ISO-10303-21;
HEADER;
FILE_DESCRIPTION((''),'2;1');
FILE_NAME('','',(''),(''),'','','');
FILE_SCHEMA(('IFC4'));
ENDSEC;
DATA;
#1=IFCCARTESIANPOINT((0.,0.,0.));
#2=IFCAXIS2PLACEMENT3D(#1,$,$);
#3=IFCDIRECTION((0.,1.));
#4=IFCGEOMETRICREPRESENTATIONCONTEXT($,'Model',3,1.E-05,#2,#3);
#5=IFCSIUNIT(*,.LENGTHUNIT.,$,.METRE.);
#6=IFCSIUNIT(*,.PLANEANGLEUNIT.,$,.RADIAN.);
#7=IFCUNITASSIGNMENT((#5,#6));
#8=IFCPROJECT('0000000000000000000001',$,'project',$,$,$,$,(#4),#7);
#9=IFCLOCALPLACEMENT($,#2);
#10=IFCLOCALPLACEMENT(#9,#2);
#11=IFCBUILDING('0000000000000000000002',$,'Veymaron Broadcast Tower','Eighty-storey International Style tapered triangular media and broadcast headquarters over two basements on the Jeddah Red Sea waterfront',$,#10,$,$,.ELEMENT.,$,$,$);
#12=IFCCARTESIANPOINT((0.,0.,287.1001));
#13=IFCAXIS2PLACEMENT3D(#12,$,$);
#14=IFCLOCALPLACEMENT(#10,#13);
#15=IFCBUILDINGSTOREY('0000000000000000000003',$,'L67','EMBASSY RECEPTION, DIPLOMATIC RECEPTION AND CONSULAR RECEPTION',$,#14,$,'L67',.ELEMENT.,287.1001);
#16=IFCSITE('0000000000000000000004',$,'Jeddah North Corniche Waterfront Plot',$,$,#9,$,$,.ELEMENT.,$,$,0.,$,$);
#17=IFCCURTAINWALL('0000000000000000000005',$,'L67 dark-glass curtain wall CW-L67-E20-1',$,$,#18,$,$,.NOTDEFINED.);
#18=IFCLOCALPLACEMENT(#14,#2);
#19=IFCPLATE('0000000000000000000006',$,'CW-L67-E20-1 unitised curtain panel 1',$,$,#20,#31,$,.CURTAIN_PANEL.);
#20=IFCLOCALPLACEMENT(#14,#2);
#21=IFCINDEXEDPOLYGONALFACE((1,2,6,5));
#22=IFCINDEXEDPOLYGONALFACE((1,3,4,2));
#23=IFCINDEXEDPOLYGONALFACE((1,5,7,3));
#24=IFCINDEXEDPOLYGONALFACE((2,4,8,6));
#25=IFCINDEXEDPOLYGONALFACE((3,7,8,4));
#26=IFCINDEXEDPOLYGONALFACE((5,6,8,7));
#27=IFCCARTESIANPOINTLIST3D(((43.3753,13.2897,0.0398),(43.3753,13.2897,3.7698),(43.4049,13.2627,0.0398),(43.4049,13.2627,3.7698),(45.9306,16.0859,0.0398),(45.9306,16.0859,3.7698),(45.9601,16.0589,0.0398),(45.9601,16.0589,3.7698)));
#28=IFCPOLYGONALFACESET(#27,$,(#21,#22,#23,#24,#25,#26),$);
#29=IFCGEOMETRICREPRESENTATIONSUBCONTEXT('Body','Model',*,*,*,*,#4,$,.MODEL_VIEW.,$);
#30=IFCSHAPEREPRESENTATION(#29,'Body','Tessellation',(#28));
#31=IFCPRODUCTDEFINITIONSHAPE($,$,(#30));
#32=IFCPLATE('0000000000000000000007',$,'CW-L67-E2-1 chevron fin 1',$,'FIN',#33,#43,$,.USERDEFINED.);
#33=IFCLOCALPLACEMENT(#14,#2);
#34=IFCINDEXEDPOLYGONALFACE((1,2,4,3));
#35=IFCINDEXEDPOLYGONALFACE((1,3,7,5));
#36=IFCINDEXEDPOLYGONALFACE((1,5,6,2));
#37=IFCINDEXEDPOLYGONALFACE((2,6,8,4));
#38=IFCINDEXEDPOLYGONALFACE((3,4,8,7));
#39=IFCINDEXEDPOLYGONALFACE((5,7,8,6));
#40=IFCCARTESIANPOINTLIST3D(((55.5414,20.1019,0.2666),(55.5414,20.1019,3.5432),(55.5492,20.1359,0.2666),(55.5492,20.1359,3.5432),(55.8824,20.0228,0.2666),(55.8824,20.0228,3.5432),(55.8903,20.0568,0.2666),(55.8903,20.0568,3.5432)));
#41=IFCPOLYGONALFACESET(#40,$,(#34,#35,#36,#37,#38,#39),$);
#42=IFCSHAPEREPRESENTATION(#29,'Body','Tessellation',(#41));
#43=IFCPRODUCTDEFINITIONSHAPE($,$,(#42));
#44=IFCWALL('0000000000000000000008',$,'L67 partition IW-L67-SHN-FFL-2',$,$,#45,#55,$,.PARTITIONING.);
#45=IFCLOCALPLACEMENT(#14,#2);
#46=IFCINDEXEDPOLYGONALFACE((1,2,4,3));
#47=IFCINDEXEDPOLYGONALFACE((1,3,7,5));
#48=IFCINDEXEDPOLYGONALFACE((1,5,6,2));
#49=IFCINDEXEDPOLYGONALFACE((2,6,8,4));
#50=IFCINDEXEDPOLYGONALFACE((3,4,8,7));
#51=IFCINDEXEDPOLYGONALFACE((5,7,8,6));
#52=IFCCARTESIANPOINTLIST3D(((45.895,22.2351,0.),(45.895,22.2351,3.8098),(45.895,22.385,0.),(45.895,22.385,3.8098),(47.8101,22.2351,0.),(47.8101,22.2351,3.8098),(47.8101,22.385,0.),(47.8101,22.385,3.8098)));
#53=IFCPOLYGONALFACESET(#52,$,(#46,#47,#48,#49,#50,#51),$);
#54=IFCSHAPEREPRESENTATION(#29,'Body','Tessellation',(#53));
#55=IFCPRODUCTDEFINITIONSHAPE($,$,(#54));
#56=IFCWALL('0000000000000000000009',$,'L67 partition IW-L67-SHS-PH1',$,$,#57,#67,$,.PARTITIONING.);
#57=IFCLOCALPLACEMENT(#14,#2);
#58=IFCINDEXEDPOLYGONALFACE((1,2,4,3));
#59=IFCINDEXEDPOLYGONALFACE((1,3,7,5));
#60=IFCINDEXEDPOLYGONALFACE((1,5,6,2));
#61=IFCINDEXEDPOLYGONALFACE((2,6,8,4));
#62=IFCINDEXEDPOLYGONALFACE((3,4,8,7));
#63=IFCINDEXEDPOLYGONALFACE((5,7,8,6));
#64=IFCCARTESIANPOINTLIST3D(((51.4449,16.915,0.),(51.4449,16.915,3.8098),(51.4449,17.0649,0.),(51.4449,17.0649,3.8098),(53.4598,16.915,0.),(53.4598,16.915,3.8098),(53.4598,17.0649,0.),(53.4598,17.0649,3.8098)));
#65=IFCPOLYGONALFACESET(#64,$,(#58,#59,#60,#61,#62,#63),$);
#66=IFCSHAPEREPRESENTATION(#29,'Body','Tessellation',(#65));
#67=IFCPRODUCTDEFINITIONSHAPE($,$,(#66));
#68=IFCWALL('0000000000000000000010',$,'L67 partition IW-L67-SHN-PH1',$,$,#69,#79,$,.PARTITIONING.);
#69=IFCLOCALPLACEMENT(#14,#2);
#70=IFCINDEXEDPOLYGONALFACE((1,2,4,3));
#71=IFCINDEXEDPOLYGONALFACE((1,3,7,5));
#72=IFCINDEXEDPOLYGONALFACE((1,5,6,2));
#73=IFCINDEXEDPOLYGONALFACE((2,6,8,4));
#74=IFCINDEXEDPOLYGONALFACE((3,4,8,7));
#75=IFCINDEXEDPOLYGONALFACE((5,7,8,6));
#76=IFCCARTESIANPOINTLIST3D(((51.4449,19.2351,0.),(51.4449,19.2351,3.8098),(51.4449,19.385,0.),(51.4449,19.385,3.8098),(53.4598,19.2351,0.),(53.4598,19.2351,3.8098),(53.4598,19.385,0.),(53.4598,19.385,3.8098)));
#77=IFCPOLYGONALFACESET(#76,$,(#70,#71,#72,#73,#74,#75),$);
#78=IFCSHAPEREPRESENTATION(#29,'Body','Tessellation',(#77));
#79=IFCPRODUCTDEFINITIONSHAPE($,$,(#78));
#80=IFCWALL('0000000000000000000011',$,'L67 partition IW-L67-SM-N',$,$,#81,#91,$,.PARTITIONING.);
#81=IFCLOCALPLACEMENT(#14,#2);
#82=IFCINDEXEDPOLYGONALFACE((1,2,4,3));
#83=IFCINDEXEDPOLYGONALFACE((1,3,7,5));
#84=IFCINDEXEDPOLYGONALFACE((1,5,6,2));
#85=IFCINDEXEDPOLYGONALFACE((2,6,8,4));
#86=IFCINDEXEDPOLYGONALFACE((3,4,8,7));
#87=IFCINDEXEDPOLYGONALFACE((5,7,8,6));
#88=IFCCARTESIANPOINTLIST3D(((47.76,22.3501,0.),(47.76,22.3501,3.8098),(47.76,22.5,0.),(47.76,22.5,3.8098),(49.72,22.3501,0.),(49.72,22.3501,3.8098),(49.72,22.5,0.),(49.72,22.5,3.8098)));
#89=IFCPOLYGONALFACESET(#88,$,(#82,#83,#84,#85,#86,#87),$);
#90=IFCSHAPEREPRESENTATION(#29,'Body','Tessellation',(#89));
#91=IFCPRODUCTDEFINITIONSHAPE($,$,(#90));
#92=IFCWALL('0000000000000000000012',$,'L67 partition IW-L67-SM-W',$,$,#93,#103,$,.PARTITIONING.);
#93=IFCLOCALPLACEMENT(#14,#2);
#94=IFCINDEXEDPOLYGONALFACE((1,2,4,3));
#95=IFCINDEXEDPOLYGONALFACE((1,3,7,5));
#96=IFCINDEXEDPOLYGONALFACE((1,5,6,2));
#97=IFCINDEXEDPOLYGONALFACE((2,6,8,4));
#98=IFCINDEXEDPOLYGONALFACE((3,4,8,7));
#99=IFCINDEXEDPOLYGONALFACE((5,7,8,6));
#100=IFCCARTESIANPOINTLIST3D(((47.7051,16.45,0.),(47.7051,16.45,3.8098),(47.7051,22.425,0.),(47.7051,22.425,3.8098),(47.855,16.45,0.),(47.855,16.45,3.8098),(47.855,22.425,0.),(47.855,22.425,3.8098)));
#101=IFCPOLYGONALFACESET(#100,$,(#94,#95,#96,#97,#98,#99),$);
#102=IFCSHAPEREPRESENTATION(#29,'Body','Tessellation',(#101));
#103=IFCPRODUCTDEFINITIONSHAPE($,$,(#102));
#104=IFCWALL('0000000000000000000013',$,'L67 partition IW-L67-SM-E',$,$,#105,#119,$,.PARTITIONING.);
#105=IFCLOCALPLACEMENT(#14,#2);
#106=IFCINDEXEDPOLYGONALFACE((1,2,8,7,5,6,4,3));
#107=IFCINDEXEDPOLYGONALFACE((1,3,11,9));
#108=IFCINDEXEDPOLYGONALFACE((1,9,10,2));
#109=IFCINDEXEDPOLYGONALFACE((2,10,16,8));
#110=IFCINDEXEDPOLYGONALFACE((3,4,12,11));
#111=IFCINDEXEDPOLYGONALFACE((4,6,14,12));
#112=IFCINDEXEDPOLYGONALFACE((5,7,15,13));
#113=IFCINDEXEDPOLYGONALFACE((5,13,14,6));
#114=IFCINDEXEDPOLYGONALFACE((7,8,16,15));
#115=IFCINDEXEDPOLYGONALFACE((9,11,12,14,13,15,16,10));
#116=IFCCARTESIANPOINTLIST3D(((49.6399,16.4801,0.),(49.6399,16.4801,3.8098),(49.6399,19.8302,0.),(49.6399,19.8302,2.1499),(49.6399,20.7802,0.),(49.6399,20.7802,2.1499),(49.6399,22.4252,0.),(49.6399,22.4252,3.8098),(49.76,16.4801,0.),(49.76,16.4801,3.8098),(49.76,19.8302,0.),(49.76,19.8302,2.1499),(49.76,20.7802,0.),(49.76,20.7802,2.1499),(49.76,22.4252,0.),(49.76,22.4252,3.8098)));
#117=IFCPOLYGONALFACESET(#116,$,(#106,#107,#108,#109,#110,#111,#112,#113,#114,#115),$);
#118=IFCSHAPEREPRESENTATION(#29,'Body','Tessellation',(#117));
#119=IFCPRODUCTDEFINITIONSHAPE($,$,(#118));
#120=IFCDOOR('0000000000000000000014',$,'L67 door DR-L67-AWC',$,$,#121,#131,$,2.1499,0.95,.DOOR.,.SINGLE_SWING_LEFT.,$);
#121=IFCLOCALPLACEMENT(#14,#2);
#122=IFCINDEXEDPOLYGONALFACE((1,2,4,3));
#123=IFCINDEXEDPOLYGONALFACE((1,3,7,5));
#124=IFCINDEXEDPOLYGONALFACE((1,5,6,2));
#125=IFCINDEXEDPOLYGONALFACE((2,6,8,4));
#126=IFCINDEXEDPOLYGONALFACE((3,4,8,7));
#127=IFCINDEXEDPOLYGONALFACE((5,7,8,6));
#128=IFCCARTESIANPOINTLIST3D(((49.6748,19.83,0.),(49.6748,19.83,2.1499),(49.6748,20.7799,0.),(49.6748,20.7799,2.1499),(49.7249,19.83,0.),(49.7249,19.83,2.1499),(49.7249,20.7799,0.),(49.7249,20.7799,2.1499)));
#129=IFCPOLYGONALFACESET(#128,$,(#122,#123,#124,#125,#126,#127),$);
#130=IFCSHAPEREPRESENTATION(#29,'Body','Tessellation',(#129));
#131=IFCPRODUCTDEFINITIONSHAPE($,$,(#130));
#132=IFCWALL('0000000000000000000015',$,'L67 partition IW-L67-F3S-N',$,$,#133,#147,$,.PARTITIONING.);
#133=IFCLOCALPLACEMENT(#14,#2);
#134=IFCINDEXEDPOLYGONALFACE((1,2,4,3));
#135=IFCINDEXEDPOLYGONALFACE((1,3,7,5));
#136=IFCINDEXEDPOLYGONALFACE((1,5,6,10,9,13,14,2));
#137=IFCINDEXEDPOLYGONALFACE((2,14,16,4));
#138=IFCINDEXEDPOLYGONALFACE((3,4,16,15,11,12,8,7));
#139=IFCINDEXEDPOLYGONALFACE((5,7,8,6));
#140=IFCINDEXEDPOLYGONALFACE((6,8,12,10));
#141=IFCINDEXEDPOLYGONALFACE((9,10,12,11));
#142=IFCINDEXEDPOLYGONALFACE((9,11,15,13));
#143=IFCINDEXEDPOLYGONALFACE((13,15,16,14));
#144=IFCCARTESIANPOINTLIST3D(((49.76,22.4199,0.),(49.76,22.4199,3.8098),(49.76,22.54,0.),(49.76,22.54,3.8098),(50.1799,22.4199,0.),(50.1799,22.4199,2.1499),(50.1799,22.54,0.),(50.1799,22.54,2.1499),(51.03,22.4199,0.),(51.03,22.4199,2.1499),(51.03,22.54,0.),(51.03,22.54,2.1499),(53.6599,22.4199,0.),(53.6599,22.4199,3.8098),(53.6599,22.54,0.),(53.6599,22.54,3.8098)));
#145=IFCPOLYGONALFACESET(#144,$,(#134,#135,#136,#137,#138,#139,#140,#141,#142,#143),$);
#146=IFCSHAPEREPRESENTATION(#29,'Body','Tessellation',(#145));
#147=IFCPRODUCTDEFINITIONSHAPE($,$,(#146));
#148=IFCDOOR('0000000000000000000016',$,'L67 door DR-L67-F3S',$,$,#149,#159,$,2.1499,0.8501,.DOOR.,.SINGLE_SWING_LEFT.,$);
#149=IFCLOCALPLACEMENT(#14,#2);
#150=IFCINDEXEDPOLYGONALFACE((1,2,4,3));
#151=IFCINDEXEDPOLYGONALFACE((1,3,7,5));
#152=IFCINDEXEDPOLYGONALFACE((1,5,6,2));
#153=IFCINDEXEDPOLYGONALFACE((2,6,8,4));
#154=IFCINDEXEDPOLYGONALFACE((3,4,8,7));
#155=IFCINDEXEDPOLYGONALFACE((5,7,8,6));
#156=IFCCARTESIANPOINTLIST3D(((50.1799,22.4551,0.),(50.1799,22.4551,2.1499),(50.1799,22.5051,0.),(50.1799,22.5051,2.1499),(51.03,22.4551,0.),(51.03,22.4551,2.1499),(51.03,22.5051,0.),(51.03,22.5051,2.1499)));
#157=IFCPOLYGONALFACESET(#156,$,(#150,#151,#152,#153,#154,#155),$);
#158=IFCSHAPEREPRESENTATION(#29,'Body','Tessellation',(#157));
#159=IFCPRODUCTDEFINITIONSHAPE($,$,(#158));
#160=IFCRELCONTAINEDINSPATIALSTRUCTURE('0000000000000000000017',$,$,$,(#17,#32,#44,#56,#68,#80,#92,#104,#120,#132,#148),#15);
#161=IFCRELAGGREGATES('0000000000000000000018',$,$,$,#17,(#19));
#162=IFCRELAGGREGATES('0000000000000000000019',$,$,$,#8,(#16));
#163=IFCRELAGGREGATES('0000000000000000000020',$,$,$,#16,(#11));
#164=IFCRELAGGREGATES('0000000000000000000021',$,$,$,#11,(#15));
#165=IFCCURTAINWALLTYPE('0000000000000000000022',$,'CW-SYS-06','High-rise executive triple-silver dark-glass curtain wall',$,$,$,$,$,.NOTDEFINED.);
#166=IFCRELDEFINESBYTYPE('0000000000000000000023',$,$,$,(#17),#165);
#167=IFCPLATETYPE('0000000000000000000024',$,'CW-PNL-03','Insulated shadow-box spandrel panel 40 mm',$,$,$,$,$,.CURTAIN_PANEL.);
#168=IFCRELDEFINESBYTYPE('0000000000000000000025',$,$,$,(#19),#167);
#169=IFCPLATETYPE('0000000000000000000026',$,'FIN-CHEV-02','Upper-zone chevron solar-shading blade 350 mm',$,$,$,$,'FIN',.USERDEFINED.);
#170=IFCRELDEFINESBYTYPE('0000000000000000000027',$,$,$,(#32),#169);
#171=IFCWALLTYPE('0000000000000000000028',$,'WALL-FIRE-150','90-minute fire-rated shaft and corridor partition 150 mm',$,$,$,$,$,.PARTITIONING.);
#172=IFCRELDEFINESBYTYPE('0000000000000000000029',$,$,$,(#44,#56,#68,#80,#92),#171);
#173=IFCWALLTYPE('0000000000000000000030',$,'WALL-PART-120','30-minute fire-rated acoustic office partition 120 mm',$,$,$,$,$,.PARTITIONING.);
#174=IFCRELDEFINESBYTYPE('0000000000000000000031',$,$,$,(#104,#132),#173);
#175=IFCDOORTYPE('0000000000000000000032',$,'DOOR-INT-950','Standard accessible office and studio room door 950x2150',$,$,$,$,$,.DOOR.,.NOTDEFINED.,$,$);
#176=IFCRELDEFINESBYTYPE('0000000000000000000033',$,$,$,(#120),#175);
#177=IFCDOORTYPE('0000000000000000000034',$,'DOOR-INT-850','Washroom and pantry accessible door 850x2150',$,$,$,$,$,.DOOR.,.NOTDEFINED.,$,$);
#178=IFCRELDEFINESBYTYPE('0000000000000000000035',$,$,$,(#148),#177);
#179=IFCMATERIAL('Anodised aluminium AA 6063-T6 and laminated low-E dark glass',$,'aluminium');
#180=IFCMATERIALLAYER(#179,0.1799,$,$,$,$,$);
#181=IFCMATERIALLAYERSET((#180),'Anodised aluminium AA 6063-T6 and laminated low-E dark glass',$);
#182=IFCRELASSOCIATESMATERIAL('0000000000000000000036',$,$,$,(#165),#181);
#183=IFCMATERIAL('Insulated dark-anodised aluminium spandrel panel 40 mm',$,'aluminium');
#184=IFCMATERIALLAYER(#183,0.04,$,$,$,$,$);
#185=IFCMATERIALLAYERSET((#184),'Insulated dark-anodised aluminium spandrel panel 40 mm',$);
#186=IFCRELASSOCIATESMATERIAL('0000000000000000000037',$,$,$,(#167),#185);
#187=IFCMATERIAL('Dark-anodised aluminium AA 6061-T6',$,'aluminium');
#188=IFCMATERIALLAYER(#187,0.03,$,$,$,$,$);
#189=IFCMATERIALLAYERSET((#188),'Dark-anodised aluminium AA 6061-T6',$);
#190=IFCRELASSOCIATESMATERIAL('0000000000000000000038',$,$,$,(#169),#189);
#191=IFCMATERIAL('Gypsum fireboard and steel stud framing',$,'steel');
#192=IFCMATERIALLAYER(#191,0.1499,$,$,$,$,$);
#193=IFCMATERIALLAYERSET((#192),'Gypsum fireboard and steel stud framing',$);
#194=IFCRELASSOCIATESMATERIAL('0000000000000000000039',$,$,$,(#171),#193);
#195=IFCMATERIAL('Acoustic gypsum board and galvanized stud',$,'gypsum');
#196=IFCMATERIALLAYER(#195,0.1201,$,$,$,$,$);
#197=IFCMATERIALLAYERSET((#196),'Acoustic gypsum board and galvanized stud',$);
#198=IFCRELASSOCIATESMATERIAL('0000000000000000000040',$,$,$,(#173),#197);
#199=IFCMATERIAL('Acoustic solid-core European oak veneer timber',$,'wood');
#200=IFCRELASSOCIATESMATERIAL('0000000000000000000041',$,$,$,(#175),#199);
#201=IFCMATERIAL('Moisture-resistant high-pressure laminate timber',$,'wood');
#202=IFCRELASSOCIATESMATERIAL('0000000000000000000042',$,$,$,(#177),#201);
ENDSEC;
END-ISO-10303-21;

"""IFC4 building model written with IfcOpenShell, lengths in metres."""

from ifc_helpers import new_model, si_unit, direction, frame, frame_2d, origin, origin_2d, place, context, subcontext, project, spatial, rectangle, extrude, material, layer, layer_set, type_object, element, fill, aggregate, save


model = new_model("IFC4")

# Units and contexts
model_context = context("Model", 3, precision=1e-05, world=origin(), true_north=direction((0.0, 1.0)))
body_context = subcontext(model_context, "Body", "Model", "MODEL_VIEW")
ifc_project = project(units=[si_unit("LENGTHUNIT", "METRE"), si_unit("PLANEANGLEUNIT", "RADIAN")], contexts=[model_context])

# Site, building, storey
site_placement = place(None, origin())
site = spatial("IfcSite", under=ifc_project, at=site_placement, Name="Jeddah North Corniche Waterfront Plot", CompositionType="ELEMENT", RefElevation=0.0)
building_placement = place(site_placement, origin())
building = spatial("IfcBuilding", under=site, at=building_placement, Name="Veymaron Broadcast Tower", Description="Eighty-storey International Style tapered triangular media and broadcast headquarters over two basements on the Jeddah Red Sea waterfront", CompositionType="ELEMENT")
storey_placement = place(building_placement, frame((0.0, 0.0, 287.1001)))
storey = spatial("IfcBuildingStorey", under=building, at=storey_placement, Name="L67", Description="EMBASSY RECEPTION, DIPLOMATIC RECEPTION AND CONSULAR RECEPTION", LongName="L67", CompositionType="ELEMENT", Elevation=287.1001)

# Shared definitions
ifc_material_1 = material(Name="Anodised aluminium AA 6063-T6 and laminated low-E dark glass", Category="aluminium")
ifc_layer_1 = layer(ifc_material_1, 0.1799)
ifc_layer_set_1 = layer_set([ifc_layer_1], Name="Anodised aluminium AA 6063-T6 and laminated low-E dark glass")
curtain_wall_type = type_object("IfcCurtainWallType", Name="CW-SYS-06", Description="High-rise executive triple-silver dark-glass curtain wall", PredefinedType="NOTDEFINED", material=ifc_layer_set_1)

# Curtain wall
curtain_wall_1_placement = place(storey_placement, origin())
curtain_wall_1 = element("IfcCurtainWall", 1, at=curtain_wall_1_placement, inside=storey, type_object=curtain_wall_type, Name="L67 dark-glass curtain wall CW-L67-E20-1", PredefinedType="NOTDEFINED")

# Plates
ifc_material_2 = material(Name="Insulated dark-anodised aluminium spandrel panel 40 mm", Category="aluminium")
ifc_layer_2 = layer(ifc_material_2, 0.04)
ifc_layer_set_2 = layer_set([ifc_layer_2], Name="Insulated dark-anodised aluminium spandrel panel 40 mm")
plate_type_1 = type_object("IfcPlateType", Name="CW-PNL-03", Description="Insulated shadow-box spandrel panel 40 mm", PredefinedType="CURTAIN_PANEL", material=ifc_layer_set_2)
plate_1_placement = place(storey_placement, frame((44.6677, 14.6743, 0.0398), z_axis=(0.0, 0.0, 1.0), x_axis=(0.674586, 0.738196, 0.0)))
plate_1 = element("IfcPlate", 2, at=plate_1_placement, type_object=plate_type_1, Name="CW-L67-E20-1 unitised curtain panel 1", PredefinedType="CURTAIN_PANEL", context=body_context, shape_type="SweptSolid", body=[
    extrude(rectangle(XDim=3.7878, YDim=0.04, at=origin_2d()), origin(), (0.0, 0.0, 1.0), 3.73),
])
aggregate(curtain_wall_1, [plate_1])
ifc_material_3 = material(Name="Dark-anodised aluminium AA 6061-T6", Category="aluminium")
ifc_layer_3 = layer(ifc_material_3, 0.03)
ifc_layer_set_3 = layer_set([ifc_layer_3], Name="Dark-anodised aluminium AA 6061-T6")
plate_type_2 = type_object("IfcPlateType", Name="FIN-CHEV-02", Description="Upper-zone chevron solar-shading blade 350 mm", ElementType="FIN", PredefinedType="USERDEFINED", material=ifc_layer_set_3)
plate_2_placement = place(storey_placement, frame((55.7158, 20.0793, 0.2666), z_axis=(0.0, 0.0, 1.0), x_axis=(0.974118, -0.226039, 0.0)))
element("IfcPlate", 3, at=plate_2_placement, inside=storey, type_object=plate_type_2, Name="CW-L67-E2-1 chevron fin 1", ObjectType="FIN", PredefinedType="USERDEFINED", context=body_context, shape_type="SweptSolid", body=[
    extrude(rectangle(XDim=0.3501, YDim=0.0349, at=origin_2d()), origin(), (0.0, 0.0, 1.0), 3.2766),
])

# Shared definitions
ifc_material_4 = material(Name="Gypsum fireboard and steel stud framing", Category="steel")
ifc_layer_4 = layer(ifc_material_4, 0.1499)
ifc_layer_set_4 = layer_set([ifc_layer_4], Name="Gypsum fireboard and steel stud framing")
wall_type_1 = type_object("IfcWallType", Name="WALL-FIRE-150", Description="90-minute fire-rated shaft and corridor partition 150 mm", PredefinedType="PARTITIONING", material=ifc_layer_set_4)

# Wall
wall_1_placement = place(storey_placement, frame((45.895, 22.3101, 0.0), z_axis=(0.0, 0.0, 1.0), x_axis=(1.0, 0.0, 0.0)))
element("IfcWall", 4, at=wall_1_placement, inside=storey, type_object=wall_type_1, Name="L67 partition IW-L67-SHN-FFL-2", PredefinedType="PARTITIONING", context=body_context, shape_type="SweptSolid", body=[
    extrude(rectangle(XDim=1.915, YDim=0.1499, at=frame_2d((0.9575, 0.0))), origin(), (0.0, 0.0, 1.0), 3.8098),
])

# Walls
for number, where, z_axis, x_axis, name in (
    (5, (51.4451, 16.99, 0.0), (0.0, 0.0, 1.0), (1.0, 0.0, 0.0), "L67 partition IW-L67-SHS-PH1"),
    (6, (51.4451, 19.3101, 0.0), (0.0, 0.0, 1.0), (1.0, 0.0, 0.0), "L67 partition IW-L67-SHN-PH1"),
):
    element("IfcWall", number, at=place(storey_placement, frame(where, z_axis=z_axis, x_axis=x_axis)), inside=storey, type_object=wall_type_1, Name=name, PredefinedType="PARTITIONING", context=body_context, shape_type="SweptSolid", body=[
        extrude(rectangle(XDim=2.0149, YDim=0.1499, at=frame_2d((1.0073, 0.0))), origin(), (0.0, 0.0, 1.0), 3.8098),
    ])

# Walls
wall_2_placement = place(storey_placement, frame((47.76, 22.425, 0.0), z_axis=(0.0, 0.0, 1.0), x_axis=(1.0, 0.0, 0.0)))
element("IfcWall", 7, at=wall_2_placement, inside=storey, type_object=wall_type_1, Name="L67 partition IW-L67-SM-N", PredefinedType="PARTITIONING", context=body_context, shape_type="SweptSolid", body=[
    extrude(rectangle(XDim=1.96, YDim=0.1499, at=frame_2d((0.98, 0.0))), origin(), (0.0, 0.0, 1.0), 3.8098),
])
wall_3_placement = place(storey_placement, frame((47.78, 16.45, 0.0), z_axis=(0.0, 0.0, 1.0), x_axis=(0.0, 1.0, 0.0)))
element("IfcWall", 8, at=wall_3_placement, inside=storey, type_object=wall_type_1, Name="L67 partition IW-L67-SM-W", PredefinedType="PARTITIONING", context=body_context, shape_type="SweptSolid", body=[
    extrude(rectangle(XDim=5.9751, YDim=0.1499, at=frame_2d((2.9875, 0.0))), origin(), (0.0, 0.0, 1.0), 3.8098),
])

# Walls, openings, doors
ifc_material_5 = material(Name="Acoustic gypsum board and galvanized stud", Category="gypsum")
ifc_layer_5 = layer(ifc_material_5, 0.1201)
ifc_layer_set_5 = layer_set([ifc_layer_5], Name="Acoustic gypsum board and galvanized stud")
wall_type_2 = type_object("IfcWallType", Name="WALL-PART-120", Description="30-minute fire-rated acoustic office partition 120 mm", PredefinedType="PARTITIONING", material=ifc_layer_set_5)
wall_4_placement = place(storey_placement, frame((49.7, 16.48, 0.0), z_axis=(0.0, 0.0, 1.0), x_axis=(0.0, 1.0, 0.0)))
wall_4 = element("IfcWall", 9, at=wall_4_placement, inside=storey, type_object=wall_type_2, Name="L67 partition IW-L67-SM-E", PredefinedType="PARTITIONING", context=body_context, shape_type="SweptSolid", body=[
    extrude(rectangle(XDim=5.9451, YDim=0.1201, at=frame_2d((2.9727, 0.0))), origin(), (0.0, 0.0, 1.0), 3.8098),
])
opening_1_placement = place(wall_4_placement, frame((3.3501, 0.0, 0.0)))
opening_1 = element("IfcOpeningElement", 10, at=opening_1_placement, cuts=wall_4, PredefinedType="OPENING", context=body_context, shape_type="SweptSolid", body=[
    extrude(rectangle(XDim=0.95, YDim=2.1499, at=frame_2d((0.4751, 1.075))), frame((0.0, 0.0701, 0.0), z_axis=(0.0, -1.0, 0.0), x_axis=(1.0, 0.0, 0.0)), (0.0, 0.0, 1.0), 0.1401),
])
ifc_material_6 = material(Name="Acoustic solid-core European oak veneer timber", Category="wood")
door_type_1 = type_object("IfcDoorType", Name="DOOR-INT-950", Description="Standard accessible office and studio room door 950x2150", OperationType="NOTDEFINED", PredefinedType="DOOR", material=ifc_material_6)
door_1_placement = place(opening_1_placement, frame((0.95, 0.0, 0.0), z_axis=(0.0, 0.0, 1.0), x_axis=(-1.0, 0.0, 0.0)))
door_1 = element("IfcDoor", 11, at=door_1_placement, inside=storey, type_object=door_type_1, Name="L67 door DR-L67-AWC", OperationType="SINGLE_SWING_LEFT", OverallHeight=2.1499, OverallWidth=0.95, PredefinedType="DOOR", context=body_context, shape_type="SweptSolid", body=[
    extrude(rectangle(XDim=0.95, YDim=2.1499, at=frame_2d((0.4751, 1.075))), frame((0.0, 0.0249, 0.0), z_axis=(0.0, -1.0, 0.0), x_axis=(1.0, 0.0, 0.0)), (0.0, 0.0, 1.0), 0.05),
])
fill(opening_1, door_1)
wall_5_placement = place(storey_placement, frame((49.76, 22.48, 0.0), z_axis=(0.0, 0.0, 1.0), x_axis=(1.0, 0.0, 0.0)))
wall_5 = element("IfcWall", 12, at=wall_5_placement, inside=storey, type_object=wall_type_2, Name="L67 partition IW-L67-F3S-N", PredefinedType="PARTITIONING", context=body_context, shape_type="SweptSolid", body=[
    extrude(rectangle(XDim=3.8999, YDim=0.1201, at=frame_2d((1.95, 0.0))), origin(), (0.0, 0.0, 1.0), 3.8098),
])
opening_2_placement = place(wall_5_placement, frame((0.4199, 0.0, 0.0)))
opening_2 = element("IfcOpeningElement", 13, at=opening_2_placement, cuts=wall_5, PredefinedType="OPENING", context=body_context, shape_type="SweptSolid", body=[
    extrude(rectangle(XDim=0.8501, YDim=2.1499, at=frame_2d((0.425, 1.075))), frame((0.0, 0.0701, 0.0), z_axis=(0.0, -1.0, 0.0), x_axis=(1.0, 0.0, 0.0)), (0.0, 0.0, 1.0), 0.1401),
])
ifc_material_7 = material(Name="Moisture-resistant high-pressure laminate timber", Category="wood")
door_type_2 = type_object("IfcDoorType", Name="DOOR-INT-850", Description="Washroom and pantry accessible door 850x2150", OperationType="NOTDEFINED", PredefinedType="DOOR", material=ifc_material_7)
door_2_placement = place(opening_2_placement, frame((0.8501, 0.0, 0.0), z_axis=(0.0, 0.0, 1.0), x_axis=(-1.0, 0.0, 0.0)))
door_2 = element("IfcDoor", 14, at=door_2_placement, inside=storey, type_object=door_type_2, Name="L67 door DR-L67-F3S", OperationType="SINGLE_SWING_LEFT", OverallHeight=2.1499, OverallWidth=0.8501, PredefinedType="DOOR", context=body_context, shape_type="SweptSolid", body=[
    extrude(rectangle(XDim=0.8501, YDim=2.1499, at=frame_2d((0.425, 1.075))), frame((0.0, 0.0249, 0.0), z_axis=(0.0, -1.0, 0.0), x_axis=(1.0, 0.0, 0.0)), (0.0, 0.0, 1.0), 0.05),
])
fill(opening_2, door_2)

save(model, "model.ifc")
